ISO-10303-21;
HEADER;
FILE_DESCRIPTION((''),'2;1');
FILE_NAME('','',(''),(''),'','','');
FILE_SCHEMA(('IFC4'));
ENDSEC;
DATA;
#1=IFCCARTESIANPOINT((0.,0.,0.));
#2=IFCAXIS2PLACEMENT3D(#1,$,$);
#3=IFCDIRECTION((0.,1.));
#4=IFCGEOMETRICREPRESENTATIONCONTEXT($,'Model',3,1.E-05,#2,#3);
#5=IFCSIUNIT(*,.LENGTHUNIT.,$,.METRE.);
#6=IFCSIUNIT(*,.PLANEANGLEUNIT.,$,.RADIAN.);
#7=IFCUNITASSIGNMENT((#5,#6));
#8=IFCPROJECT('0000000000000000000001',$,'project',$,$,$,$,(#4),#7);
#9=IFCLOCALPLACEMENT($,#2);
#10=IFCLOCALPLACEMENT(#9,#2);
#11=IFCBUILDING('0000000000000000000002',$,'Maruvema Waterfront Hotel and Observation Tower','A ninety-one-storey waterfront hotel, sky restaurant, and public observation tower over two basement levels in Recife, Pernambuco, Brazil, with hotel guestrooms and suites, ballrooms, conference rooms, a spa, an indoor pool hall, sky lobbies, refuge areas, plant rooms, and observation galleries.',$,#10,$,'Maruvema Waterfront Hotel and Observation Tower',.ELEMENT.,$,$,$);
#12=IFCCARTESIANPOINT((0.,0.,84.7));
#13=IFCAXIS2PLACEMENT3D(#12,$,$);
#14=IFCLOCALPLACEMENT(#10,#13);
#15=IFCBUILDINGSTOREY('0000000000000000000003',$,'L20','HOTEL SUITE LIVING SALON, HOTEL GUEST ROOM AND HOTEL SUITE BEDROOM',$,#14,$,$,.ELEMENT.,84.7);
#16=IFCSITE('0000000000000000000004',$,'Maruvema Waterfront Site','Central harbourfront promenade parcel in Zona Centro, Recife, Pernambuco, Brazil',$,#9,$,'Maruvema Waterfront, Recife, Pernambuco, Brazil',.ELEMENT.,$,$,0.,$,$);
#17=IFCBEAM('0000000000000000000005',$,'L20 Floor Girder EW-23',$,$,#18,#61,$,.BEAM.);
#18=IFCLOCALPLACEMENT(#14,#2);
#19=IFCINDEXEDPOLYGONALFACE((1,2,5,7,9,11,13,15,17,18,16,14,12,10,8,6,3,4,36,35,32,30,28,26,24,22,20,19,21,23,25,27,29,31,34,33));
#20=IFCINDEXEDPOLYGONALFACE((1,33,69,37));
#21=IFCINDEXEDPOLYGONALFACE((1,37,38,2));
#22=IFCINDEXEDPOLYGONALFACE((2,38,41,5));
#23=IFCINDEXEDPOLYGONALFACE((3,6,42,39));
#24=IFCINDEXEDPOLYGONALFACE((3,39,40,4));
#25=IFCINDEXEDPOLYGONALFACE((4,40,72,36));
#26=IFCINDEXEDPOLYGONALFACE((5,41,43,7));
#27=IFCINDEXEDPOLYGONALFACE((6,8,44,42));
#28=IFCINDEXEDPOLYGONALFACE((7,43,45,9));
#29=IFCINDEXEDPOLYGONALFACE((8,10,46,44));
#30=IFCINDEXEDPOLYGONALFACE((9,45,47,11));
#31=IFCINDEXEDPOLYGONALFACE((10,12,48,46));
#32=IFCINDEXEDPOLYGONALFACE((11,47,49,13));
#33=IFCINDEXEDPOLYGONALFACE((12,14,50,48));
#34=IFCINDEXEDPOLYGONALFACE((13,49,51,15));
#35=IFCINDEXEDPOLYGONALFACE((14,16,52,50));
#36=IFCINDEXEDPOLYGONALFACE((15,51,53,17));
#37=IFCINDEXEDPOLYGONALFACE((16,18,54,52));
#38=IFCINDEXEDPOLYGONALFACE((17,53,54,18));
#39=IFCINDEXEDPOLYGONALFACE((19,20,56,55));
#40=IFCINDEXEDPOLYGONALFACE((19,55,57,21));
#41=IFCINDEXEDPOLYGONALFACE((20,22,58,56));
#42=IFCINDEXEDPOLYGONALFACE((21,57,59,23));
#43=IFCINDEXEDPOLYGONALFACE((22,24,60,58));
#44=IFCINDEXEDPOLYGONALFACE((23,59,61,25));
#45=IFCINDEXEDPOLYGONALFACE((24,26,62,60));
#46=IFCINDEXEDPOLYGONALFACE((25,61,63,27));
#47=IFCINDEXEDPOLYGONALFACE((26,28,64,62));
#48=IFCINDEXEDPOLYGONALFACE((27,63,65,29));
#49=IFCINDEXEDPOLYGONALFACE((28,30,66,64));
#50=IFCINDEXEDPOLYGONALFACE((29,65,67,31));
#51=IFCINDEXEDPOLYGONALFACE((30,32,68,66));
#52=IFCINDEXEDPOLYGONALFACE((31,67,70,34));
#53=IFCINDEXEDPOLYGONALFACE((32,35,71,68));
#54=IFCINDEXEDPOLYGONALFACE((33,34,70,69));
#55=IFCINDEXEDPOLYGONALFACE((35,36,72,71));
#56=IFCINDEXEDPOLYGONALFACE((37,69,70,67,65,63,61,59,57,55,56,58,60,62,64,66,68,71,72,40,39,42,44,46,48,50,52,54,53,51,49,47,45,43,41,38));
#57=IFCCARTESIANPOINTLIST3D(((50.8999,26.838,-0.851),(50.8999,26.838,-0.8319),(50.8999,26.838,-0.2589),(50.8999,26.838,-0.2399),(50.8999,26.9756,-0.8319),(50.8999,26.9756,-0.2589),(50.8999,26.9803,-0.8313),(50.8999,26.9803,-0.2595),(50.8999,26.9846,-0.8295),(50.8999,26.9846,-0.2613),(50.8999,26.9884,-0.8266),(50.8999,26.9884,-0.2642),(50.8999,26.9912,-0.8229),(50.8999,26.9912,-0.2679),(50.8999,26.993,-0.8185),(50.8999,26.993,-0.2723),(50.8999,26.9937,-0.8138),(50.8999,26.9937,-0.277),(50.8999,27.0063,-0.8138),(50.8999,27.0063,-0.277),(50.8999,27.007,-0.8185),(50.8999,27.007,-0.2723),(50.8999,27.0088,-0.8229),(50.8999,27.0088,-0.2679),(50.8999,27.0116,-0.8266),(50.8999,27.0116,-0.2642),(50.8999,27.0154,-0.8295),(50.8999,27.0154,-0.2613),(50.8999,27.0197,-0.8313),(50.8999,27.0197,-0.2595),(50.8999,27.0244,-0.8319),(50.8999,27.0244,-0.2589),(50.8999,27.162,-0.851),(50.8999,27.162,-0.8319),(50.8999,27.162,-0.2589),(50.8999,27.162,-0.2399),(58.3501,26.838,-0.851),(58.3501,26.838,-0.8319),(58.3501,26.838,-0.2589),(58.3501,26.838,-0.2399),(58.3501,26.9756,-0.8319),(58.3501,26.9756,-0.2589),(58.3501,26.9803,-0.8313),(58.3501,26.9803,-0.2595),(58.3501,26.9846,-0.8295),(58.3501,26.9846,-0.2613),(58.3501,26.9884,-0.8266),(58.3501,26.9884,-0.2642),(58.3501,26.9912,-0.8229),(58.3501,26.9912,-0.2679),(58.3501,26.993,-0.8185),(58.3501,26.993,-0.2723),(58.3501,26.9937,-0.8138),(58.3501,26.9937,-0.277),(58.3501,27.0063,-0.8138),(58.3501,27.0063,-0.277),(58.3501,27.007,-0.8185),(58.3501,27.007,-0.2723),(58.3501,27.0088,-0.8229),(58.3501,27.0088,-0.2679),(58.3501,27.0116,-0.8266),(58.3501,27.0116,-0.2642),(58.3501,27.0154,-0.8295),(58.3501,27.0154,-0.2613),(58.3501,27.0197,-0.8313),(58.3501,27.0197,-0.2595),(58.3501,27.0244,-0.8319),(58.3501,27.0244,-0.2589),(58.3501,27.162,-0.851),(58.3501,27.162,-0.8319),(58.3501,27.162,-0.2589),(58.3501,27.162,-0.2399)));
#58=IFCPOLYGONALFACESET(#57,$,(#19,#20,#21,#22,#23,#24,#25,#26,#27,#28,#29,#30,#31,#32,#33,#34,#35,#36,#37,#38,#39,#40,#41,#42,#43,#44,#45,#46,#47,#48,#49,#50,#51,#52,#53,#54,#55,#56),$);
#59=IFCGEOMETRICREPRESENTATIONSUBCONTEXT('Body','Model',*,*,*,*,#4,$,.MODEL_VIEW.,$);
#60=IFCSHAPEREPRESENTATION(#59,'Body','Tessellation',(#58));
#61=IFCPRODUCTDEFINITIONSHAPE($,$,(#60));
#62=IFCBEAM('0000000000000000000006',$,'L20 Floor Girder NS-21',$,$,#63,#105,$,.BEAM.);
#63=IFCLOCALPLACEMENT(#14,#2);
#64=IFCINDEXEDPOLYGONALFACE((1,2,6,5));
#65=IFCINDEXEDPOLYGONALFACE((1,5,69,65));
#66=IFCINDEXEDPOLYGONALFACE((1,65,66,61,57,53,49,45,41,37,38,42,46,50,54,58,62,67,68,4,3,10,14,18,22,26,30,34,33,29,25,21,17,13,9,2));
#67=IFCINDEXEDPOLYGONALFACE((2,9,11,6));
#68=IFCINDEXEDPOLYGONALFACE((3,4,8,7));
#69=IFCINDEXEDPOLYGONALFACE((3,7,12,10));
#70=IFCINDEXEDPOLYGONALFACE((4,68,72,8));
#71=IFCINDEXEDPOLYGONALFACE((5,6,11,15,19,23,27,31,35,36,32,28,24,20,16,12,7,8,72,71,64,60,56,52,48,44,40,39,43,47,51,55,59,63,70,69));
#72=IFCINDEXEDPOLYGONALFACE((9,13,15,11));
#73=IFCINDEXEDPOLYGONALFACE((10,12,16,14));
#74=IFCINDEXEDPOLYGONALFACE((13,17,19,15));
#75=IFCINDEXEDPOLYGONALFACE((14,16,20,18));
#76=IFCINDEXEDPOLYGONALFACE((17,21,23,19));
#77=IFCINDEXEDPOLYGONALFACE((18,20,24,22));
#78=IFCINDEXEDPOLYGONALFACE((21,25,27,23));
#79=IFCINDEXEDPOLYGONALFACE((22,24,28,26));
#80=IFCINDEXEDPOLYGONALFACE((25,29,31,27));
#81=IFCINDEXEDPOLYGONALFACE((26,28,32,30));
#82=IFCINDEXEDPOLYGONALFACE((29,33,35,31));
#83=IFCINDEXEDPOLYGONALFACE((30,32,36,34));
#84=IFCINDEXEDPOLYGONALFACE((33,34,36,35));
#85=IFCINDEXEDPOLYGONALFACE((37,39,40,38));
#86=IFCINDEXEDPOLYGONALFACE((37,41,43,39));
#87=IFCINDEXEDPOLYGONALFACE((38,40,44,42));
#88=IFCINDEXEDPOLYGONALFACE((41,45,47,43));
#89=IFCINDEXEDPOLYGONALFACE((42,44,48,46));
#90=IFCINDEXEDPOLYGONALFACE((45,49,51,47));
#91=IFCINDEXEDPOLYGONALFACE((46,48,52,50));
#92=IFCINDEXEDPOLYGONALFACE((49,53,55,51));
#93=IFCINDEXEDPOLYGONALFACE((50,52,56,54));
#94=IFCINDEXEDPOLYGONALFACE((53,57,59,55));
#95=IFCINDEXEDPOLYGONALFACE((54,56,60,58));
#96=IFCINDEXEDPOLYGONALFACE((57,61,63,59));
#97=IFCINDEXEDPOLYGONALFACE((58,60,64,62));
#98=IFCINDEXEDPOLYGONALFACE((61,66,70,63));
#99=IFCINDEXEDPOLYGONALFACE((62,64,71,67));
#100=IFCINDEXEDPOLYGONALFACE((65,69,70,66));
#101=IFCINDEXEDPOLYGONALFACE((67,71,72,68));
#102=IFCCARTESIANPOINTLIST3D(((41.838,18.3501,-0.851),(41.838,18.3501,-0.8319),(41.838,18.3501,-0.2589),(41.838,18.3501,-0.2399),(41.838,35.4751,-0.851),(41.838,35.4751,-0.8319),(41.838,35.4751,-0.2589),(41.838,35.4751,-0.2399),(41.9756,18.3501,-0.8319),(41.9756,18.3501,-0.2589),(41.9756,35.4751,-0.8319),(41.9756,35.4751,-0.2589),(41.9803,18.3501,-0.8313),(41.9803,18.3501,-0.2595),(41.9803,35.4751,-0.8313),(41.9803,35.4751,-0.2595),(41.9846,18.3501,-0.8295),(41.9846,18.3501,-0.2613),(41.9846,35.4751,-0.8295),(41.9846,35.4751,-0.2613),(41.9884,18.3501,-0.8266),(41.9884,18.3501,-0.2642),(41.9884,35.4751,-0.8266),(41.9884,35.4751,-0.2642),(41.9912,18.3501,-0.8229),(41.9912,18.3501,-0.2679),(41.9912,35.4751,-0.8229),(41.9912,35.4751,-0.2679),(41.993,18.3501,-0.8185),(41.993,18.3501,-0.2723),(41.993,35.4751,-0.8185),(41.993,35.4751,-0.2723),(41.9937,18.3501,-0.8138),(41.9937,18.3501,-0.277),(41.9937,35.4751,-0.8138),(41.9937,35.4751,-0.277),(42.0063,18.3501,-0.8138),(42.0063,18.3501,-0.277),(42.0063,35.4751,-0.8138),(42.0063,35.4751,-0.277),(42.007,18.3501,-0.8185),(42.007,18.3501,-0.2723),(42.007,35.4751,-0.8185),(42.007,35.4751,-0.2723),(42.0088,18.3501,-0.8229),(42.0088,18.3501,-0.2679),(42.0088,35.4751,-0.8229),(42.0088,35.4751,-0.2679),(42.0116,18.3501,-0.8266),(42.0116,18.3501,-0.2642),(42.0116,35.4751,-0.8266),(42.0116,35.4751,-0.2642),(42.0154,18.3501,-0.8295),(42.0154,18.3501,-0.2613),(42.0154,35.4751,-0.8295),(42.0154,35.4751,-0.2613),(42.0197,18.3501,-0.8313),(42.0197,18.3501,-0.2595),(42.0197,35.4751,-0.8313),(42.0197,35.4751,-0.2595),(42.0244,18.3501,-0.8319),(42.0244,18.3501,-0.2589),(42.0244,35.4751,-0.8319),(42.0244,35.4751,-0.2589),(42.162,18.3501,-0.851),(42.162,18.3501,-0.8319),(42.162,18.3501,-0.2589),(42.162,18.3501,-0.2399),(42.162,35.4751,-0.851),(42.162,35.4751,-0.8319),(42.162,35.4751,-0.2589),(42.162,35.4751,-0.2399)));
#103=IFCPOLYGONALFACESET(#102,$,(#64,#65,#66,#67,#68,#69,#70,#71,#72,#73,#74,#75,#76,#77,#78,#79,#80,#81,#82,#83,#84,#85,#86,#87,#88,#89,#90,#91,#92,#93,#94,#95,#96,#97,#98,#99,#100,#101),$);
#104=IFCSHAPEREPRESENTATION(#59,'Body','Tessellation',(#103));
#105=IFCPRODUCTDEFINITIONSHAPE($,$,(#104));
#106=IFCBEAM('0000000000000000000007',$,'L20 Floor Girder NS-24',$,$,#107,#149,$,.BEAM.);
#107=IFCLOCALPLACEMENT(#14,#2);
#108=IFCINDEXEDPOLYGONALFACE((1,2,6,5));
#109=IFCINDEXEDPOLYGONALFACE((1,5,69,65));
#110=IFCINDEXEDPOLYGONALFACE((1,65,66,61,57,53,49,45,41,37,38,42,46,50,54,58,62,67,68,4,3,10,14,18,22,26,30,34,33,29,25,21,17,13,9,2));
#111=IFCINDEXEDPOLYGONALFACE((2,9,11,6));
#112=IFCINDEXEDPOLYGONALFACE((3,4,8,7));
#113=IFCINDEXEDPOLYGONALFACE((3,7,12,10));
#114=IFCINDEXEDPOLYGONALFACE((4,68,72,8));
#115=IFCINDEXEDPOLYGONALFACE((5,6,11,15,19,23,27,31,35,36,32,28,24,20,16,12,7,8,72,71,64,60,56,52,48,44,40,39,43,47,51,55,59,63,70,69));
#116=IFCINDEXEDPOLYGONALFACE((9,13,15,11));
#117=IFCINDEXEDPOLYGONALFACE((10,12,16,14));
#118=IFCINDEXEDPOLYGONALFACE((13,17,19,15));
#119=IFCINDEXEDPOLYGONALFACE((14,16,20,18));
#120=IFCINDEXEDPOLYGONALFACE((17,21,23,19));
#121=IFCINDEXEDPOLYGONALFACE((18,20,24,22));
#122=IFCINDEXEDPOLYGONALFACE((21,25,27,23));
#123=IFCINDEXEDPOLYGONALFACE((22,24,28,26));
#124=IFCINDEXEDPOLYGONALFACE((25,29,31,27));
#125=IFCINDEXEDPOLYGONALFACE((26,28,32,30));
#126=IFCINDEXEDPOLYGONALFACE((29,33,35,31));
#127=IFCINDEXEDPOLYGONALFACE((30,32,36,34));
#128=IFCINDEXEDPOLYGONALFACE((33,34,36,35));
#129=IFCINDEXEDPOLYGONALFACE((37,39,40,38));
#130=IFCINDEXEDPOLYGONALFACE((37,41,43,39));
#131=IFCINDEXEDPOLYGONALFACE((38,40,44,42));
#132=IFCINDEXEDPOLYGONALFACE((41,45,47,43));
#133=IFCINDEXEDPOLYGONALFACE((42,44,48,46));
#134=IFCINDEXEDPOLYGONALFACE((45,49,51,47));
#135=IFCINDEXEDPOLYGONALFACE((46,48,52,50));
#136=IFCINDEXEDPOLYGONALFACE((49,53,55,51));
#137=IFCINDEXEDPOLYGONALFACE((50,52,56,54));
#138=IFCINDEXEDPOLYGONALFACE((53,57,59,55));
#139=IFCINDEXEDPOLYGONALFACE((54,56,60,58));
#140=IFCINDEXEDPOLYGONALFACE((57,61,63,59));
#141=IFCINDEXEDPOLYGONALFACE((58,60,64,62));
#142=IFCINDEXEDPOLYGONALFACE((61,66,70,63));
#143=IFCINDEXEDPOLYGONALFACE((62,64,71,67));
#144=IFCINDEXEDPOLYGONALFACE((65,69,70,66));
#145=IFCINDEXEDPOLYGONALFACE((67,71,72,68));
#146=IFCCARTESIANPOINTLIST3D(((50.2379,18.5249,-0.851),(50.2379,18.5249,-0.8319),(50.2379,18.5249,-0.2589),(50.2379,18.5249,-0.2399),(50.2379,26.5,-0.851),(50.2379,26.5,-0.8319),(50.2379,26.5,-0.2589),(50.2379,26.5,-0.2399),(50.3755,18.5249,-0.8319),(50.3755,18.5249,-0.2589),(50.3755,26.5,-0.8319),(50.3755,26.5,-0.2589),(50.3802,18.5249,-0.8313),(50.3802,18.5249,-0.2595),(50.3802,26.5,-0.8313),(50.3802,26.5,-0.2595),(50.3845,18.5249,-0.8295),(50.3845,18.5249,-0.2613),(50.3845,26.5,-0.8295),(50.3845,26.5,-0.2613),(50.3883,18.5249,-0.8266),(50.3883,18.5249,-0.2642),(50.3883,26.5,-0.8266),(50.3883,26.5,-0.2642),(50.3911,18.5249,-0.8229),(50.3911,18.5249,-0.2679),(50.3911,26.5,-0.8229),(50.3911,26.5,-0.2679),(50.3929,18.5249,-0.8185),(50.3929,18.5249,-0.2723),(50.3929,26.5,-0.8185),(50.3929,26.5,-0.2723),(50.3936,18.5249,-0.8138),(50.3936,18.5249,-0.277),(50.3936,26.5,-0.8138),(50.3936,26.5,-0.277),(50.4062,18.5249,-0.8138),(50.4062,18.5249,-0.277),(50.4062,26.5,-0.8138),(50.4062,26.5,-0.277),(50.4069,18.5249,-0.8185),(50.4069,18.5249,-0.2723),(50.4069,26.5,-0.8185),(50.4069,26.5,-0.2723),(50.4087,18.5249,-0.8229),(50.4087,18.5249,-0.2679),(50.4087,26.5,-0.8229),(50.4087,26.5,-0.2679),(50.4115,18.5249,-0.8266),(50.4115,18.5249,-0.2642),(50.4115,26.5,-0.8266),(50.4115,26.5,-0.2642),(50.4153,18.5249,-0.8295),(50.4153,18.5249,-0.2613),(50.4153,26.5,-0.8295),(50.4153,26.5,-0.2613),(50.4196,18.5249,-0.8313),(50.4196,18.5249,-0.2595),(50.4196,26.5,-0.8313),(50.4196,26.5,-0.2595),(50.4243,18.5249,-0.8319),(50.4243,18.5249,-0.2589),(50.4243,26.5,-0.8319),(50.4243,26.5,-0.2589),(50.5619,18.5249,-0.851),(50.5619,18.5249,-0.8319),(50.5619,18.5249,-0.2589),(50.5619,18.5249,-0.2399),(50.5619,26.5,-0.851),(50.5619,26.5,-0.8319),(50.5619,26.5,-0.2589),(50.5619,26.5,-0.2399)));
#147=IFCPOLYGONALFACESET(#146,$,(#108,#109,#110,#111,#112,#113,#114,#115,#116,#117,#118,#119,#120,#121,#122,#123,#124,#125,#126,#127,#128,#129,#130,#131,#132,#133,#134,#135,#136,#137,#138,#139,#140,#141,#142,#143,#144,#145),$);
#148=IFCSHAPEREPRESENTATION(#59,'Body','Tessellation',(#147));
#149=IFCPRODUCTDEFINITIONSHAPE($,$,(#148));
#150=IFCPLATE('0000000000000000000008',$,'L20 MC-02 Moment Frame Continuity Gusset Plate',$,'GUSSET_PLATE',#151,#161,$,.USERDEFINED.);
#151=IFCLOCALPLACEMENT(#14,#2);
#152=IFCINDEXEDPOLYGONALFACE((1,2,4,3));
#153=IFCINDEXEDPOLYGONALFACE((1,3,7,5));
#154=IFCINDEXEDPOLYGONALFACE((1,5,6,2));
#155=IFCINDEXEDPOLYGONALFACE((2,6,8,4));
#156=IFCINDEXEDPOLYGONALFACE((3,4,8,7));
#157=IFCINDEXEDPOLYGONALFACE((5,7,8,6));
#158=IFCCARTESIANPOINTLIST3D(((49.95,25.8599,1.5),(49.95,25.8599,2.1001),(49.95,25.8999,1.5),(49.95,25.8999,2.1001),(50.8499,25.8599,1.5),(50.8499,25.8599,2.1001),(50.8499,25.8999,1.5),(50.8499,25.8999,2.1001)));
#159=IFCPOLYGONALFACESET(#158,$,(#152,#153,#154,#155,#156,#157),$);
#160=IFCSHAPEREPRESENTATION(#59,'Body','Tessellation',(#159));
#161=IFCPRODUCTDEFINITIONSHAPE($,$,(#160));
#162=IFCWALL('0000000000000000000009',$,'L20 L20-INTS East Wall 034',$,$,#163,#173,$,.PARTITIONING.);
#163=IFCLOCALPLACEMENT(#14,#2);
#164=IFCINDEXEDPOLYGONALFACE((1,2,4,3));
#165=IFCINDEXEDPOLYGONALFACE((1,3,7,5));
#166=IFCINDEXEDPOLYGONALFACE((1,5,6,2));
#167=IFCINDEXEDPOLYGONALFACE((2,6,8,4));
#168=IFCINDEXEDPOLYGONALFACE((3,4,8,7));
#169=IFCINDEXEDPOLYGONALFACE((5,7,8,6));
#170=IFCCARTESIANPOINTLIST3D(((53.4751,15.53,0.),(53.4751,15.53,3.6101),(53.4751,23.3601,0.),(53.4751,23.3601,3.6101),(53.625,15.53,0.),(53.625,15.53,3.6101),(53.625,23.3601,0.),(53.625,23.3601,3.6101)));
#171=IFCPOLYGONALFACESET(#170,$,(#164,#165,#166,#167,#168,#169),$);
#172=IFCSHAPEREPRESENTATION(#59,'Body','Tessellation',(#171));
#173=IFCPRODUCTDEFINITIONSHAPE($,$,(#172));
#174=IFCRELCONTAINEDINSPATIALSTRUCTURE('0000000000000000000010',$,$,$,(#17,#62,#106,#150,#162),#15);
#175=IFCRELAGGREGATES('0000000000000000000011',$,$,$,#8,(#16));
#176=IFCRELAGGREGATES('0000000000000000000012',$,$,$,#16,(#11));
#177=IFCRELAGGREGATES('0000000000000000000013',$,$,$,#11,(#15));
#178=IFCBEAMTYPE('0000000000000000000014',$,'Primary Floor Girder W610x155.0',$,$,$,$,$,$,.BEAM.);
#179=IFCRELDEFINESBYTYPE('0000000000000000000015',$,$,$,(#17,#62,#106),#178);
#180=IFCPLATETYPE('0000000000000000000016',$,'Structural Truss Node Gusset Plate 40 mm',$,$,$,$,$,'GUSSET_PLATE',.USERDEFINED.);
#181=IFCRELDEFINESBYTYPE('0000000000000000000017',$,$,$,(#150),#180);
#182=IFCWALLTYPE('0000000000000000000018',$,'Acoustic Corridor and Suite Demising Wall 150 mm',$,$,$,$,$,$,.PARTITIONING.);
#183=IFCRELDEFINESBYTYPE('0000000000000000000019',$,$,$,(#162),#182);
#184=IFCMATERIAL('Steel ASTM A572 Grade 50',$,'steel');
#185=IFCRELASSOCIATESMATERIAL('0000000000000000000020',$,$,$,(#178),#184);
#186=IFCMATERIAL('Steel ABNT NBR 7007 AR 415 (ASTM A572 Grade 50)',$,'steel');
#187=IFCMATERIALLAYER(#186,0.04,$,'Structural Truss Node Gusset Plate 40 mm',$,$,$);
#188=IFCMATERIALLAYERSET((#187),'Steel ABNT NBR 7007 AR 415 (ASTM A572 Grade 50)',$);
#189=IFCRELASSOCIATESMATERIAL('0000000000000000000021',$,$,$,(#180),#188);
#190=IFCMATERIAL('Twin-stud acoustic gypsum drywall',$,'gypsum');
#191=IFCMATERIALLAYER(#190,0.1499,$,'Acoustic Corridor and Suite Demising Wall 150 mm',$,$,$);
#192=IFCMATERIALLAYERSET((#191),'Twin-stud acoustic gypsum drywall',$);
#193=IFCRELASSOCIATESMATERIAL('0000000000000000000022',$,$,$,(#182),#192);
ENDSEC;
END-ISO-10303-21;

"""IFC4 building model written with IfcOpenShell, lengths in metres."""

from ifc_helpers import new_model, si_unit, direction, frame, frame_2d, origin, origin_2d, place, context, subcontext, project, spatial, rectangle, i_section, extrude, material, layer, layer_set, material_profile, profile_set, type_object, element, save


model = new_model("IFC4")

# Units and contexts
model_context = context("Model", 3, precision=1e-05, world=origin(), true_north=direction((0.0, 1.0)))
body_context = subcontext(model_context, "Body", "Model", "MODEL_VIEW")
ifc_project = project(units=[si_unit("LENGTHUNIT", "METRE"), si_unit("PLANEANGLEUNIT", "RADIAN")], contexts=[model_context])

# Site, building, storey
site_placement = place(None, origin())
site = spatial("IfcSite", under=ifc_project, at=site_placement, Name="Maruvema Waterfront Site", Description="Central harbourfront promenade parcel in Zona Centro, Recife, Pernambuco, Brazil", LongName="Maruvema Waterfront, Recife, Pernambuco, Brazil", CompositionType="ELEMENT", RefElevation=0.0)
building_placement = place(site_placement, origin())
building = spatial("IfcBuilding", under=site, at=building_placement, Name="Maruvema Waterfront Hotel and Observation Tower", Description="A ninety-one-storey waterfront hotel, sky restaurant, and public observation tower over two basement levels in Recife, Pernambuco, Brazil, with hotel guestrooms and suites, ballrooms, conference rooms, a spa, an indoor pool hall, sky lobbies, refuge areas, plant rooms, and observation galleries.", LongName="Maruvema Waterfront Hotel and Observation Tower", CompositionType="ELEMENT")
storey_placement = place(building_placement, frame((0.0, 0.0, 84.7)))
storey = spatial("IfcBuildingStorey", under=building, at=storey_placement, Name="L20", Description="HOTEL SUITE LIVING SALON, HOTEL GUEST ROOM AND HOTEL SUITE BEDROOM", CompositionType="ELEMENT", Elevation=84.7)

# Beams
ifc_material_1 = material(Name="Steel ASTM A572 Grade 50", Category="steel")
ifc_material_profile_1 = material_profile(ifc_material_1, i_section(OverallWidth=0.324, OverallDepth=0.6111, WebThickness=0.0127, FlangeThickness=0.019, FilletRadius=0.0181, at=origin_2d()), Name="W610x155.0")
ifc_profile_set_1 = profile_set([ifc_material_profile_1], Name="Steel ASTM A572 Grade 50")
beam_type = type_object("IfcBeamType", Name="Primary Floor Girder W610x155.0", PredefinedType="BEAM", material=ifc_profile_set_1)
beam_1_placement = place(storey_placement, frame((50.8999, 27.0, -0.5454), z_axis=(1.0, 0.0, 0.0), x_axis=(0.0, 1.0, 0.0)))
element("IfcBeam", 1, at=beam_1_placement, inside=storey, type_object=beam_type, Name="L20 Floor Girder EW-23", PredefinedType="BEAM", context=body_context, shape_type="SweptSolid", body=[
    extrude(i_section(OverallWidth=0.324, OverallDepth=0.6111, WebThickness=0.0127, FlangeThickness=0.019, FilletRadius=0.0181, at=origin_2d()), origin(), (0.0, 0.0, 1.0), 7.4502),
])
beam_2_placement = place(storey_placement, frame((42.0, 18.3501, -0.5454), z_axis=(0.0, 1.0, 0.0), x_axis=(-1.0, 0.0, 0.0)))
element("IfcBeam", 2, at=beam_2_placement, inside=storey, type_object=beam_type, Name="L20 Floor Girder NS-21", PredefinedType="BEAM", context=body_context, shape_type="SweptSolid", body=[
    extrude(i_section(OverallWidth=0.324, OverallDepth=0.6111, WebThickness=0.0127, FlangeThickness=0.019, FilletRadius=0.0181, at=origin_2d()), origin(), (0.0, 0.0, 1.0), 17.125),
])
beam_3_placement = place(storey_placement, frame((50.3999, 18.5249, -0.5454), z_axis=(0.0, 1.0, 0.0), x_axis=(-1.0, 0.0, 0.0)))
element("IfcBeam", 3, at=beam_3_placement, inside=storey, type_object=beam_type, Name="L20 Floor Girder NS-24", PredefinedType="BEAM", context=body_context, shape_type="SweptSolid", body=[
    extrude(i_section(OverallWidth=0.324, OverallDepth=0.6111, WebThickness=0.0127, FlangeThickness=0.019, FilletRadius=0.0181, at=origin_2d()), origin(), (0.0, 0.0, 1.0), 7.9751),
])

# Plate
ifc_material_2 = material(Name="Steel ABNT NBR 7007 AR 415 (ASTM A572 Grade 50)", Category="steel")
ifc_layer_1 = layer(ifc_material_2, 0.04, Name="Structural Truss Node Gusset Plate 40 mm")
ifc_layer_set_1 = layer_set([ifc_layer_1], Name="Steel ABNT NBR 7007 AR 415 (ASTM A572 Grade 50)")
plate_type = type_object("IfcPlateType", Name="Structural Truss Node Gusset Plate 40 mm", ElementType="GUSSET_PLATE", PredefinedType="USERDEFINED", material=ifc_layer_set_1)
plate_placement = place(storey_placement, frame((50.3999, 25.8799, 1.5), z_axis=(0.0, 0.0, 1.0), x_axis=(1.0, 0.0, 0.0)))
element("IfcPlate", 4, at=plate_placement, inside=storey, type_object=plate_type, Name="L20 MC-02 Moment Frame Continuity Gusset Plate", ObjectType="GUSSET_PLATE", PredefinedType="USERDEFINED", context=body_context, shape_type="SweptSolid", body=[
    extrude(rectangle(XDim=0.8999, YDim=0.04, at=origin_2d()), origin(), (0.0, 0.0, 1.0), 0.6001),
])

# Wall
ifc_material_3 = material(Name="Twin-stud acoustic gypsum drywall", Category="gypsum")
ifc_layer_2 = layer(ifc_material_3, 0.1499, Name="Acoustic Corridor and Suite Demising Wall 150 mm")
ifc_layer_set_2 = layer_set([ifc_layer_2], Name="Twin-stud acoustic gypsum drywall")
wall_type_1 = type_object("IfcWallType", Name="Acoustic Corridor and Suite Demising Wall 150 mm", PredefinedType="PARTITIONING", material=ifc_layer_set_2)
wall_1_placement = place(storey_placement, frame((53.55, 15.53, 0.0), z_axis=(0.0, 0.0, 1.0), x_axis=(0.0, 1.0, 0.0)))
element("IfcWall", 5, at=wall_1_placement, inside=storey, type_object=wall_type_1, Name="L20 L20-INTS East Wall 034", PredefinedType="PARTITIONING", context=body_context, shape_type="SweptSolid", body=[
    extrude(rectangle(XDim=7.8301, YDim=0.1499, at=frame_2d((3.915, 0.0))), origin(), (0.0, 0.0, 1.0), 3.6101),
])

save(model, "model.ifc")
